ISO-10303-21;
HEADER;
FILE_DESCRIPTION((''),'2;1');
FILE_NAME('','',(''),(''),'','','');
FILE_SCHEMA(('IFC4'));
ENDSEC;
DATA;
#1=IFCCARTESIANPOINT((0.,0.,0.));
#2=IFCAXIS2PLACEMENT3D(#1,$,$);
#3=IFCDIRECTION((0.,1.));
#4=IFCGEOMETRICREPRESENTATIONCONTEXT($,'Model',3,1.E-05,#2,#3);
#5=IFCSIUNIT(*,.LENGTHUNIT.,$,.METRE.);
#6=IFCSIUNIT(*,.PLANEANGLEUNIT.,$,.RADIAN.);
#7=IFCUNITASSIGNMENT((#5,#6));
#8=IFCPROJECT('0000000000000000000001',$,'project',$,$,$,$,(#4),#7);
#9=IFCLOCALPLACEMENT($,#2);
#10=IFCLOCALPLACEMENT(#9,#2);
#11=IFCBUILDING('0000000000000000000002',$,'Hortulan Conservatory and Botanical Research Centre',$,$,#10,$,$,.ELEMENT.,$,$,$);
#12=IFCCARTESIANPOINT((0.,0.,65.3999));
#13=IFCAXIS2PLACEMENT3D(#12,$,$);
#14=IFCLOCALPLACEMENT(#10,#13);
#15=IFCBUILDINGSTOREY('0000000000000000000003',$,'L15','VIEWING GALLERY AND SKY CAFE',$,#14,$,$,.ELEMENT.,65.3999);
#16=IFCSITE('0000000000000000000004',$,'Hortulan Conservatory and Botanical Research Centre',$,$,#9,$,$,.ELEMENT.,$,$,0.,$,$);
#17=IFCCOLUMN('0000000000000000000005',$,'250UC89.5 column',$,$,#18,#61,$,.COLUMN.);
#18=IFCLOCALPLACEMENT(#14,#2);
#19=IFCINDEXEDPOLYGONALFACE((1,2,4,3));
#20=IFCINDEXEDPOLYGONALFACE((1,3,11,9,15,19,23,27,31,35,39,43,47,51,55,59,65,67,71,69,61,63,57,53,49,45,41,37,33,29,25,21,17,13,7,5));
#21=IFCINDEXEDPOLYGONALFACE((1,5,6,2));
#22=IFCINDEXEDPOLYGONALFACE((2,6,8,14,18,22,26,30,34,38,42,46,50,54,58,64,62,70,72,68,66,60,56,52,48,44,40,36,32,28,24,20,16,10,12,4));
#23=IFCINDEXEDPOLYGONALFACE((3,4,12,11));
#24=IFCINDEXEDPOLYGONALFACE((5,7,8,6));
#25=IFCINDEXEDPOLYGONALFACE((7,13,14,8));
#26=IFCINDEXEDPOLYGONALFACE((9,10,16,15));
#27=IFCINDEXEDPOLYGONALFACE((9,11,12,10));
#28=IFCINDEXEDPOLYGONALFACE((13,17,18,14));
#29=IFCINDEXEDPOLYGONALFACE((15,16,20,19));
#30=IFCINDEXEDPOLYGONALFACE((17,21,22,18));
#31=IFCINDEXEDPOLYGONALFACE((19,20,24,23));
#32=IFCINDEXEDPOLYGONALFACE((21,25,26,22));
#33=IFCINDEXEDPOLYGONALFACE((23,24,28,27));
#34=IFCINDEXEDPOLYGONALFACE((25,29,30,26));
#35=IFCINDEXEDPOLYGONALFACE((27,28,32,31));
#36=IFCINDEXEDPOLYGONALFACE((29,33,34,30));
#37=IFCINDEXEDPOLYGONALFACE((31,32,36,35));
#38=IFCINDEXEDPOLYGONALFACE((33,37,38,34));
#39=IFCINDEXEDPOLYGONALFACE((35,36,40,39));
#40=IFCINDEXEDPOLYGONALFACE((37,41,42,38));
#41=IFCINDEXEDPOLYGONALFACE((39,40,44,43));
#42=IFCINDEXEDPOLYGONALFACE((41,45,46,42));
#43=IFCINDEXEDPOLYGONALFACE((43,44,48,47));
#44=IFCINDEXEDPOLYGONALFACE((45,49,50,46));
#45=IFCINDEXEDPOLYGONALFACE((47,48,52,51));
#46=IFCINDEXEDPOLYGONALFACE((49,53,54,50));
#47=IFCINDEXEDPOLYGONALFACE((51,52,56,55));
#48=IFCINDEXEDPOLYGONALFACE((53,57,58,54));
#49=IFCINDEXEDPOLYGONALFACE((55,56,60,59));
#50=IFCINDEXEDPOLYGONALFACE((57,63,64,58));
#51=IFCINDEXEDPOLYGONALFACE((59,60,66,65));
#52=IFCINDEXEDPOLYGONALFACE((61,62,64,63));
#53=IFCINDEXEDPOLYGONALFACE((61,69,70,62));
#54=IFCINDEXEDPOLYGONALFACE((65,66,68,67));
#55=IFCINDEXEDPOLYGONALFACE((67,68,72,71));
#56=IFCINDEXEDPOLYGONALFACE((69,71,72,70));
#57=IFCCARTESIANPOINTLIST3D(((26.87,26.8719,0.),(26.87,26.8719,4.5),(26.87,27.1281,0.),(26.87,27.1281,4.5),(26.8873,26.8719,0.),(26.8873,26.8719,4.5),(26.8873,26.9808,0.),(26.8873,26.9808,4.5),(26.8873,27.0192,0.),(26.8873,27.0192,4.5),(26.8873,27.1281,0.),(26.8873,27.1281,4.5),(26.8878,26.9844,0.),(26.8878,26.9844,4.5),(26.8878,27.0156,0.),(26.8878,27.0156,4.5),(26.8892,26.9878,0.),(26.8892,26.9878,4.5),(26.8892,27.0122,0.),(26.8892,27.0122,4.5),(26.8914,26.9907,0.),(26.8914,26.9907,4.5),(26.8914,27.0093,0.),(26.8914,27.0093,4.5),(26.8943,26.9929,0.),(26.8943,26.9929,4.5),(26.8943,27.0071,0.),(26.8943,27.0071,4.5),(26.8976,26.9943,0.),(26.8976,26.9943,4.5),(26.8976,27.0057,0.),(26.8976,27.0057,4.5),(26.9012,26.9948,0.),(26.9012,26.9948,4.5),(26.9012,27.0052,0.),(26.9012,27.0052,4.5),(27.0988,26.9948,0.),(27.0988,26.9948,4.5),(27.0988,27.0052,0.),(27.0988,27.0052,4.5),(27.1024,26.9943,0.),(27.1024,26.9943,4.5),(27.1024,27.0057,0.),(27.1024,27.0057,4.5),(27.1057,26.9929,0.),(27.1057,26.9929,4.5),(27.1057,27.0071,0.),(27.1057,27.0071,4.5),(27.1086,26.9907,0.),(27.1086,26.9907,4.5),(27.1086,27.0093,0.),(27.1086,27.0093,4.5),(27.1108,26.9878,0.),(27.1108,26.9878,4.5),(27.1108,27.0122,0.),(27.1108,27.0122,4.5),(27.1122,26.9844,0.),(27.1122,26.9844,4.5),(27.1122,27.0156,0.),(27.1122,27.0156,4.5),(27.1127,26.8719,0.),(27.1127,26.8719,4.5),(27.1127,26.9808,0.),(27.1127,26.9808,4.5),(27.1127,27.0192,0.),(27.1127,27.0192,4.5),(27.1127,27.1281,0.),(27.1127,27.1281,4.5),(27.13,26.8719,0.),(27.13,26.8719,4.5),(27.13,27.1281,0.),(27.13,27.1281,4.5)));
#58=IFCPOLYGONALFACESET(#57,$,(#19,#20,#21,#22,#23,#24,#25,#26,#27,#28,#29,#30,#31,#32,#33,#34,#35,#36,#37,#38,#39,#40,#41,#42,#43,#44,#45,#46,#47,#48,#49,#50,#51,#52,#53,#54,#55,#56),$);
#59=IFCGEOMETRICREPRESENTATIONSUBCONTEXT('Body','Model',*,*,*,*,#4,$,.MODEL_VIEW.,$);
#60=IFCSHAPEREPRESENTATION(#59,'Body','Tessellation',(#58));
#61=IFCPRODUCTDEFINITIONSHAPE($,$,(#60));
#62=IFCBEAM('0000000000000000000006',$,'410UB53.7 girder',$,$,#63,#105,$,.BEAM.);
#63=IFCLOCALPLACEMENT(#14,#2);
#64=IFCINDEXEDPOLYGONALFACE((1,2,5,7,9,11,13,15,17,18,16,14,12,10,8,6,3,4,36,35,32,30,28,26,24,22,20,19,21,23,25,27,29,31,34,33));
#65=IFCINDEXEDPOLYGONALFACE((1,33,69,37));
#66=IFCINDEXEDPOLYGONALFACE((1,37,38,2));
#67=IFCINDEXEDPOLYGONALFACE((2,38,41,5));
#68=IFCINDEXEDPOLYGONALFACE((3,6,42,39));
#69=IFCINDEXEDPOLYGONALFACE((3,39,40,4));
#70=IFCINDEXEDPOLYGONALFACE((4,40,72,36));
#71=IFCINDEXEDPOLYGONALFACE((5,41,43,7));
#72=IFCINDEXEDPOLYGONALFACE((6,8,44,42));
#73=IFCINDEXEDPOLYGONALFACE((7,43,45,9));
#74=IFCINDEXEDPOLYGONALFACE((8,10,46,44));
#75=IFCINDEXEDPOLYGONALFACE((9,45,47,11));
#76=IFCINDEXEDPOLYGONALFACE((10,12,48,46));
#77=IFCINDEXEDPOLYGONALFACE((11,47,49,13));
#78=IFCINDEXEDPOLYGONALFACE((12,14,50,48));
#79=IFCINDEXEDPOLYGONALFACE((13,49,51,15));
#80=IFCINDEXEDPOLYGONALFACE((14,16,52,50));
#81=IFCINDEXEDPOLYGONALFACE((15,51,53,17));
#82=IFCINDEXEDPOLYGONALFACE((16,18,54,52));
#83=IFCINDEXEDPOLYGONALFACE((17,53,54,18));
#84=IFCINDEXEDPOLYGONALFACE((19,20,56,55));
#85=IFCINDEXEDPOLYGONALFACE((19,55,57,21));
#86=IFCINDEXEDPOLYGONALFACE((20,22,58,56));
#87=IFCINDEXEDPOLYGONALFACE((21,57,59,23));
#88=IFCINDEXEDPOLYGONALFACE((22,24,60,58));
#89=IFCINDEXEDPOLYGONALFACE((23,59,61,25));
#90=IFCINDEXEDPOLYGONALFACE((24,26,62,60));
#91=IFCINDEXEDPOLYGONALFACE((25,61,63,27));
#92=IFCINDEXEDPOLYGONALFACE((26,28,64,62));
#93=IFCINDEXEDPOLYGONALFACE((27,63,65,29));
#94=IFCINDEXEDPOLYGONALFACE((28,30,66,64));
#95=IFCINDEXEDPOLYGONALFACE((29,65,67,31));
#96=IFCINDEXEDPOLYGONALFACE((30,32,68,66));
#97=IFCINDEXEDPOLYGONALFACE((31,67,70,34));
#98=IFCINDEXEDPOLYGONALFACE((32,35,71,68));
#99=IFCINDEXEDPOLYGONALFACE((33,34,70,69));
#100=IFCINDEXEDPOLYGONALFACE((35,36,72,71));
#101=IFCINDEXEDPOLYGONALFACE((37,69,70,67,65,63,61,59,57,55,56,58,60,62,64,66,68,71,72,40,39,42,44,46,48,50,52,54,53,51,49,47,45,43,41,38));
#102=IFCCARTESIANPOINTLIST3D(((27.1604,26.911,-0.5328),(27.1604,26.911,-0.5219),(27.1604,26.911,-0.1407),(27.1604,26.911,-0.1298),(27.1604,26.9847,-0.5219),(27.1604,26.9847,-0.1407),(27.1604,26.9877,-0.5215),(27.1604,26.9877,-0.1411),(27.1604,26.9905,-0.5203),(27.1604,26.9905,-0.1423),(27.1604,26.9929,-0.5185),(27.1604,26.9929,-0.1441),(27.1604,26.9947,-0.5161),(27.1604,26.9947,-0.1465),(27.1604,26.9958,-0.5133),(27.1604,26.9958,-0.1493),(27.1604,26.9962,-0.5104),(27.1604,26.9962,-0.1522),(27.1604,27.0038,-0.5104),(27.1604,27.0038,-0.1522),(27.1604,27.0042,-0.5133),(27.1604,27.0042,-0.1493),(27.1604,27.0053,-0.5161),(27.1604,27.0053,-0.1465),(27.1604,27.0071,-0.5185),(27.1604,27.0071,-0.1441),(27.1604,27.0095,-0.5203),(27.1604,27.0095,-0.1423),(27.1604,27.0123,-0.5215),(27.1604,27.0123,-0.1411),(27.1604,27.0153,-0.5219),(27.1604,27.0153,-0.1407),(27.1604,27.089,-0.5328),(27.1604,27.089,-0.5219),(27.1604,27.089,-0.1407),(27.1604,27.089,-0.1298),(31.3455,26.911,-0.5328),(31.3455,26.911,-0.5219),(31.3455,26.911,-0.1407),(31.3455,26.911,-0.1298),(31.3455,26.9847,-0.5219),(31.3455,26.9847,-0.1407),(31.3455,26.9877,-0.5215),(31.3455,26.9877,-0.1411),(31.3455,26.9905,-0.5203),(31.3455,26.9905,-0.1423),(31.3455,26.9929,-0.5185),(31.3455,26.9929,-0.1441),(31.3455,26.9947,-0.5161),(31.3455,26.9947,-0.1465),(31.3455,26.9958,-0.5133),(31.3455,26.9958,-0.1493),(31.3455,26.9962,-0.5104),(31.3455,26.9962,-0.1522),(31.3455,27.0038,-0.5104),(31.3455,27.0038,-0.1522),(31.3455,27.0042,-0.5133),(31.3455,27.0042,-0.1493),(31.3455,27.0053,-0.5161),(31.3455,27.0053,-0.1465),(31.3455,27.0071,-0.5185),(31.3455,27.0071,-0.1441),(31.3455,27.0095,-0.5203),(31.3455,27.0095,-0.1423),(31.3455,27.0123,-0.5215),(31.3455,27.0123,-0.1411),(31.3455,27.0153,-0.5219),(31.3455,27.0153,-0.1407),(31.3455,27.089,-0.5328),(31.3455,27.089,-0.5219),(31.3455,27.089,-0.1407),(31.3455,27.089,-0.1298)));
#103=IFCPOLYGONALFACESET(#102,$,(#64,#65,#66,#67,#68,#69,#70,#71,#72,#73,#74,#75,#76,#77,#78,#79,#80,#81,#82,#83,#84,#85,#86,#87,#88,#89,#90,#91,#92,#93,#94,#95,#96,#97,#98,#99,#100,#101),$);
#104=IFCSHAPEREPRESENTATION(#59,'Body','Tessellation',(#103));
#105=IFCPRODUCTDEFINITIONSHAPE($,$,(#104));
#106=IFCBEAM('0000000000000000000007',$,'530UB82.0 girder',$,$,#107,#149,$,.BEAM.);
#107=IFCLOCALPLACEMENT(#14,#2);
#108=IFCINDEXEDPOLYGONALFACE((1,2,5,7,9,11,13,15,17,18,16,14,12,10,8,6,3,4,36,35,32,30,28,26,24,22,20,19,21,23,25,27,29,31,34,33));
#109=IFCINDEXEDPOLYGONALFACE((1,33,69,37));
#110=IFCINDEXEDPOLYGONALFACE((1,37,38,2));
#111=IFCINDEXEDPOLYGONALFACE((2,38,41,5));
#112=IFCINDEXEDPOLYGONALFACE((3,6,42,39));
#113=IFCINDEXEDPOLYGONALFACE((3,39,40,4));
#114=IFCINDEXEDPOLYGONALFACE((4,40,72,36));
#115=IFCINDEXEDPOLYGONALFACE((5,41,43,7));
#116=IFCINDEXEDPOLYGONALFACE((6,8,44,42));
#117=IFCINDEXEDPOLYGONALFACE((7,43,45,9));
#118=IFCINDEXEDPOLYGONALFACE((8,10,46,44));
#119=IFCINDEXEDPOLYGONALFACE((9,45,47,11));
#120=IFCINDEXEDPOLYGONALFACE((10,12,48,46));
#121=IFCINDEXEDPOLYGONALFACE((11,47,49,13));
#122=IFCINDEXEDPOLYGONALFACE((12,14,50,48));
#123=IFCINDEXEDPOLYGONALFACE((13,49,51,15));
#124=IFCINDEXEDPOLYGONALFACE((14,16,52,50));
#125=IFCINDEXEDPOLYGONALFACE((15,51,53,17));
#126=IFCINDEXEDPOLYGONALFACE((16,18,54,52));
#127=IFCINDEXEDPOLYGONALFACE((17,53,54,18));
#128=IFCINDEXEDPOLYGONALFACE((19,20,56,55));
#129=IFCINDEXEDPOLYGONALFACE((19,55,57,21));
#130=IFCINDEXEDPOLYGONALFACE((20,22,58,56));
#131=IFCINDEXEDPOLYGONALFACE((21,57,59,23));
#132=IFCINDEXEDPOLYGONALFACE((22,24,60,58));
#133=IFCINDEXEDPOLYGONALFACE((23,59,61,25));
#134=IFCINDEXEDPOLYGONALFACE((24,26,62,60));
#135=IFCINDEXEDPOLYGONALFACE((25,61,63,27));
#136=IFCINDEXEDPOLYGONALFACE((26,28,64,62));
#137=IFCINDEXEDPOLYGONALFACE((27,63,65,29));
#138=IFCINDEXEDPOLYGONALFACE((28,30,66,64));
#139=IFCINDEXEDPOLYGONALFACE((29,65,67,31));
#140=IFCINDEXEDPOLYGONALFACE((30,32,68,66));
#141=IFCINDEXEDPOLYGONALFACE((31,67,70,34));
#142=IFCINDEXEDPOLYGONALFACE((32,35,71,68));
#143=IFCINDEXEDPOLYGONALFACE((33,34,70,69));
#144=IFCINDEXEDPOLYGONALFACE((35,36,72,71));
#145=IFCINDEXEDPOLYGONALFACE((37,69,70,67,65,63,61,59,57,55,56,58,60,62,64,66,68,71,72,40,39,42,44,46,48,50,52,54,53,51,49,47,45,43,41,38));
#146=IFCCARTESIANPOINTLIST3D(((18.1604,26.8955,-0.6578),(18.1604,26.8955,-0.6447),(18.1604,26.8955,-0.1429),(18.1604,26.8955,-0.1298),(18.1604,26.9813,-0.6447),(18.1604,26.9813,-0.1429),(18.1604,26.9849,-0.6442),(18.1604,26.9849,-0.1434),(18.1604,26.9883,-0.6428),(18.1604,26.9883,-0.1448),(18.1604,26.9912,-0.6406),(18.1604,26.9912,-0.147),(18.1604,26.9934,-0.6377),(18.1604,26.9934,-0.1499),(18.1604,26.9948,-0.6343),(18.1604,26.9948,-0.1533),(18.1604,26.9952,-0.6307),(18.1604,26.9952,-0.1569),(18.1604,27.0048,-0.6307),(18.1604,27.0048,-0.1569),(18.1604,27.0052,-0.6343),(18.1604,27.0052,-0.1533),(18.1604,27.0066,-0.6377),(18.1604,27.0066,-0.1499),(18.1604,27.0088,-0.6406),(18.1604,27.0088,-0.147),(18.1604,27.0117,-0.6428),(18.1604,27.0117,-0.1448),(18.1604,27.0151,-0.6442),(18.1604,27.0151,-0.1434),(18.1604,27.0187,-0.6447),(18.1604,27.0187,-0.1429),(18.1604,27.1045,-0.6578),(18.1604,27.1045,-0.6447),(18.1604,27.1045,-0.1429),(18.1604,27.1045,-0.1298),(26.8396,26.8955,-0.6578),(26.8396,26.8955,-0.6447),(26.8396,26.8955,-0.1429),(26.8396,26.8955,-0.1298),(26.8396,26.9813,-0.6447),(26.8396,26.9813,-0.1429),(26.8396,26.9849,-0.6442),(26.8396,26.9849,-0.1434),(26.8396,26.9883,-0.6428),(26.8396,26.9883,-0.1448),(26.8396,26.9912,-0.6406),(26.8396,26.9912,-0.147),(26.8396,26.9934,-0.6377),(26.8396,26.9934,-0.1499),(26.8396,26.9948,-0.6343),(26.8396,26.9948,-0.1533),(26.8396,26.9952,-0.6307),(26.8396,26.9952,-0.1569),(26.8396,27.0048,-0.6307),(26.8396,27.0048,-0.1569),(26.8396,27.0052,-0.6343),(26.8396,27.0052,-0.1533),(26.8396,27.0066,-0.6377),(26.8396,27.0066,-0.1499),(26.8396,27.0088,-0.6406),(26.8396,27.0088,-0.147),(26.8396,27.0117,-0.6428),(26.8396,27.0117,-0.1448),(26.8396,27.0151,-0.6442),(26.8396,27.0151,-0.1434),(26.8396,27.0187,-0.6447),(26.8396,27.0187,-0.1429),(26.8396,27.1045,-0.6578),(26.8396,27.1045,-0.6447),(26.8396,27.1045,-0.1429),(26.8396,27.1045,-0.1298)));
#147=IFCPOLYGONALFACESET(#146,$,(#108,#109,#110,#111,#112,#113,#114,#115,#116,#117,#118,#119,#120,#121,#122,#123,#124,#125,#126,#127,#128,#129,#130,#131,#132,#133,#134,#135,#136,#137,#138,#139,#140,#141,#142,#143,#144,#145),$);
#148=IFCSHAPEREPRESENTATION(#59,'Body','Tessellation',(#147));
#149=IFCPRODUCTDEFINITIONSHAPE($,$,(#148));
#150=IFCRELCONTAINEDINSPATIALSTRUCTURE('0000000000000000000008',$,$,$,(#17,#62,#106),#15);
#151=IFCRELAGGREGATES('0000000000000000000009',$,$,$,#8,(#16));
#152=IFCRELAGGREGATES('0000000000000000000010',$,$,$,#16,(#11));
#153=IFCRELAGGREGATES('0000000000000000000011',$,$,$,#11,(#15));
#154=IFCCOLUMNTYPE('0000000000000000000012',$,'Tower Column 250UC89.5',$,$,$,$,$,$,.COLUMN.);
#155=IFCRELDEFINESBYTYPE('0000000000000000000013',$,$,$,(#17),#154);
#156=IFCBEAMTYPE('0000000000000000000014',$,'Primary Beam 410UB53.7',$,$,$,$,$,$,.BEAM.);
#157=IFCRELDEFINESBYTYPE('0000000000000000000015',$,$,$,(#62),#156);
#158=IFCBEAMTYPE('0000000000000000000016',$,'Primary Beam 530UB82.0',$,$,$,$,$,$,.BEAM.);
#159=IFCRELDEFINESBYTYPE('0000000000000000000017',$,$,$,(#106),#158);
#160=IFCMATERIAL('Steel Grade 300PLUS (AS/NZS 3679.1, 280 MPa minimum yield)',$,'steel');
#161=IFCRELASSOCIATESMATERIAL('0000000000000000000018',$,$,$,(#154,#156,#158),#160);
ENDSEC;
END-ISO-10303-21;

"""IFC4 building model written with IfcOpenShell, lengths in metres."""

from ifc_helpers import new_model, si_unit, direction, frame, origin, origin_2d, place, context, subcontext, project, spatial, i_section, extrude, material, material_profile, profile_set, type_object, element, save


model = new_model("IFC4")

# Units and contexts
model_context = context("Model", 3, precision=1e-05, world=origin(), true_north=direction((0.0, 1.0)))
body_context = subcontext(model_context, "Body", "Model", "MODEL_VIEW")
ifc_project = project(units=[si_unit("LENGTHUNIT", "METRE"), si_unit("PLANEANGLEUNIT", "RADIAN")], contexts=[model_context])

# Site, building, storey
site_placement = place(None, origin())
site = spatial("IfcSite", under=ifc_project, at=site_placement, Name="Hortulan Conservatory and Botanical Research Centre", CompositionType="ELEMENT", RefElevation=0.0)
building_placement = place(site_placement, origin())
building = spatial("IfcBuilding", under=site, at=building_placement, Name="Hortulan Conservatory and Botanical Research Centre", CompositionType="ELEMENT")
storey_placement = place(building_placement, frame((0.0, 0.0, 65.3999)))
storey = spatial("IfcBuildingStorey", under=building, at=storey_placement, Name="L15", Description="VIEWING GALLERY AND SKY CAFE", CompositionType="ELEMENT", Elevation=65.3999)

# Column
ifc_material_1 = material(Name="Steel Grade 300PLUS (AS/NZS 3679.1, 280 MPa minimum yield)", Category="steel")
ifc_material_profile_1 = material_profile(ifc_material_1, i_section(OverallWidth=0.2561, OverallDepth=0.26, WebThickness=0.0105, FlangeThickness=0.0173, FilletRadius=0.0139, at=origin_2d()), Name="250UC89.5")
ifc_profile_set_1 = profile_set([ifc_material_profile_1], Name="Steel Grade 300PLUS (AS/NZS 3679.1, 280 MPa minimum yield)")
column_type = type_object("IfcColumnType", Name="Tower Column 250UC89.5", PredefinedType="COLUMN", material=ifc_profile_set_1)
column_placement = place(storey_placement, frame((27.0, 27.0, 0.0), z_axis=(0.0, 0.0, 1.0), x_axis=(0.0, 1.0, 0.0)))
element("IfcColumn", 1, at=column_placement, inside=storey, type_object=column_type, Name="250UC89.5 column", PredefinedType="COLUMN", context=body_context, shape_type="SweptSolid", body=[
    extrude(i_section(OverallWidth=0.2561, OverallDepth=0.26, WebThickness=0.0105, FlangeThickness=0.0173, FilletRadius=0.0139, at=origin_2d()), origin(), (0.0, 0.0, 1.0), 4.5),
])

# Beams
ifc_material_profile_2 = material_profile(ifc_material_1, i_section(OverallWidth=0.178, OverallDepth=0.4031, WebThickness=0.0076, FlangeThickness=0.011, FilletRadius=0.0115, at=origin_2d()), Name="410UB53.7")
ifc_profile_set_2 = profile_set([ifc_material_profile_2], Name="Steel Grade 300PLUS (AS/NZS 3679.1, 280 MPa minimum yield)")
beam_type_1 = type_object("IfcBeamType", Name="Primary Beam 410UB53.7", PredefinedType="BEAM", material=ifc_profile_set_2)
beam_1_placement = place(storey_placement, frame((27.1604, 27.0, -0.3313), z_axis=(1.0, 0.0, 0.0), x_axis=(0.0, 1.0, 0.0)))
element("IfcBeam", 2, at=beam_1_placement, inside=storey, type_object=beam_type_1, Name="410UB53.7 girder", PredefinedType="BEAM", context=body_context, shape_type="SweptSolid", body=[
    extrude(i_section(OverallWidth=0.178, OverallDepth=0.4031, WebThickness=0.0076, FlangeThickness=0.011, FilletRadius=0.0115, at=origin_2d()), origin(), (0.0, 0.0, 1.0), 4.1851),
])
ifc_material_profile_3 = material_profile(ifc_material_1, i_section(OverallWidth=0.209, OverallDepth=0.5281, WebThickness=0.0095, FlangeThickness=0.0132, FilletRadius=0.0139, at=origin_2d()), Name="530UB82.0")
ifc_profile_set_3 = profile_set([ifc_material_profile_3], Name="Steel Grade 300PLUS (AS/NZS 3679.1, 280 MPa minimum yield)")
beam_type_2 = type_object("IfcBeamType", Name="Primary Beam 530UB82.0", PredefinedType="BEAM", material=ifc_profile_set_3)
beam_2_placement = place(storey_placement, frame((18.1604, 27.0, -0.3938), z_axis=(1.0, 0.0, 0.0), x_axis=(0.0, 1.0, 0.0)))
element("IfcBeam", 3, at=beam_2_placement, inside=storey, type_object=beam_type_2, Name="530UB82.0 girder", PredefinedType="BEAM", context=body_context, shape_type="SweptSolid", body=[
    extrude(i_section(OverallWidth=0.209, OverallDepth=0.5281, WebThickness=0.0095, FlangeThickness=0.0132, FilletRadius=0.0139, at=origin_2d()), origin(), (0.0, 0.0, 1.0), 8.6792),
])

save(model, "model.ifc")
